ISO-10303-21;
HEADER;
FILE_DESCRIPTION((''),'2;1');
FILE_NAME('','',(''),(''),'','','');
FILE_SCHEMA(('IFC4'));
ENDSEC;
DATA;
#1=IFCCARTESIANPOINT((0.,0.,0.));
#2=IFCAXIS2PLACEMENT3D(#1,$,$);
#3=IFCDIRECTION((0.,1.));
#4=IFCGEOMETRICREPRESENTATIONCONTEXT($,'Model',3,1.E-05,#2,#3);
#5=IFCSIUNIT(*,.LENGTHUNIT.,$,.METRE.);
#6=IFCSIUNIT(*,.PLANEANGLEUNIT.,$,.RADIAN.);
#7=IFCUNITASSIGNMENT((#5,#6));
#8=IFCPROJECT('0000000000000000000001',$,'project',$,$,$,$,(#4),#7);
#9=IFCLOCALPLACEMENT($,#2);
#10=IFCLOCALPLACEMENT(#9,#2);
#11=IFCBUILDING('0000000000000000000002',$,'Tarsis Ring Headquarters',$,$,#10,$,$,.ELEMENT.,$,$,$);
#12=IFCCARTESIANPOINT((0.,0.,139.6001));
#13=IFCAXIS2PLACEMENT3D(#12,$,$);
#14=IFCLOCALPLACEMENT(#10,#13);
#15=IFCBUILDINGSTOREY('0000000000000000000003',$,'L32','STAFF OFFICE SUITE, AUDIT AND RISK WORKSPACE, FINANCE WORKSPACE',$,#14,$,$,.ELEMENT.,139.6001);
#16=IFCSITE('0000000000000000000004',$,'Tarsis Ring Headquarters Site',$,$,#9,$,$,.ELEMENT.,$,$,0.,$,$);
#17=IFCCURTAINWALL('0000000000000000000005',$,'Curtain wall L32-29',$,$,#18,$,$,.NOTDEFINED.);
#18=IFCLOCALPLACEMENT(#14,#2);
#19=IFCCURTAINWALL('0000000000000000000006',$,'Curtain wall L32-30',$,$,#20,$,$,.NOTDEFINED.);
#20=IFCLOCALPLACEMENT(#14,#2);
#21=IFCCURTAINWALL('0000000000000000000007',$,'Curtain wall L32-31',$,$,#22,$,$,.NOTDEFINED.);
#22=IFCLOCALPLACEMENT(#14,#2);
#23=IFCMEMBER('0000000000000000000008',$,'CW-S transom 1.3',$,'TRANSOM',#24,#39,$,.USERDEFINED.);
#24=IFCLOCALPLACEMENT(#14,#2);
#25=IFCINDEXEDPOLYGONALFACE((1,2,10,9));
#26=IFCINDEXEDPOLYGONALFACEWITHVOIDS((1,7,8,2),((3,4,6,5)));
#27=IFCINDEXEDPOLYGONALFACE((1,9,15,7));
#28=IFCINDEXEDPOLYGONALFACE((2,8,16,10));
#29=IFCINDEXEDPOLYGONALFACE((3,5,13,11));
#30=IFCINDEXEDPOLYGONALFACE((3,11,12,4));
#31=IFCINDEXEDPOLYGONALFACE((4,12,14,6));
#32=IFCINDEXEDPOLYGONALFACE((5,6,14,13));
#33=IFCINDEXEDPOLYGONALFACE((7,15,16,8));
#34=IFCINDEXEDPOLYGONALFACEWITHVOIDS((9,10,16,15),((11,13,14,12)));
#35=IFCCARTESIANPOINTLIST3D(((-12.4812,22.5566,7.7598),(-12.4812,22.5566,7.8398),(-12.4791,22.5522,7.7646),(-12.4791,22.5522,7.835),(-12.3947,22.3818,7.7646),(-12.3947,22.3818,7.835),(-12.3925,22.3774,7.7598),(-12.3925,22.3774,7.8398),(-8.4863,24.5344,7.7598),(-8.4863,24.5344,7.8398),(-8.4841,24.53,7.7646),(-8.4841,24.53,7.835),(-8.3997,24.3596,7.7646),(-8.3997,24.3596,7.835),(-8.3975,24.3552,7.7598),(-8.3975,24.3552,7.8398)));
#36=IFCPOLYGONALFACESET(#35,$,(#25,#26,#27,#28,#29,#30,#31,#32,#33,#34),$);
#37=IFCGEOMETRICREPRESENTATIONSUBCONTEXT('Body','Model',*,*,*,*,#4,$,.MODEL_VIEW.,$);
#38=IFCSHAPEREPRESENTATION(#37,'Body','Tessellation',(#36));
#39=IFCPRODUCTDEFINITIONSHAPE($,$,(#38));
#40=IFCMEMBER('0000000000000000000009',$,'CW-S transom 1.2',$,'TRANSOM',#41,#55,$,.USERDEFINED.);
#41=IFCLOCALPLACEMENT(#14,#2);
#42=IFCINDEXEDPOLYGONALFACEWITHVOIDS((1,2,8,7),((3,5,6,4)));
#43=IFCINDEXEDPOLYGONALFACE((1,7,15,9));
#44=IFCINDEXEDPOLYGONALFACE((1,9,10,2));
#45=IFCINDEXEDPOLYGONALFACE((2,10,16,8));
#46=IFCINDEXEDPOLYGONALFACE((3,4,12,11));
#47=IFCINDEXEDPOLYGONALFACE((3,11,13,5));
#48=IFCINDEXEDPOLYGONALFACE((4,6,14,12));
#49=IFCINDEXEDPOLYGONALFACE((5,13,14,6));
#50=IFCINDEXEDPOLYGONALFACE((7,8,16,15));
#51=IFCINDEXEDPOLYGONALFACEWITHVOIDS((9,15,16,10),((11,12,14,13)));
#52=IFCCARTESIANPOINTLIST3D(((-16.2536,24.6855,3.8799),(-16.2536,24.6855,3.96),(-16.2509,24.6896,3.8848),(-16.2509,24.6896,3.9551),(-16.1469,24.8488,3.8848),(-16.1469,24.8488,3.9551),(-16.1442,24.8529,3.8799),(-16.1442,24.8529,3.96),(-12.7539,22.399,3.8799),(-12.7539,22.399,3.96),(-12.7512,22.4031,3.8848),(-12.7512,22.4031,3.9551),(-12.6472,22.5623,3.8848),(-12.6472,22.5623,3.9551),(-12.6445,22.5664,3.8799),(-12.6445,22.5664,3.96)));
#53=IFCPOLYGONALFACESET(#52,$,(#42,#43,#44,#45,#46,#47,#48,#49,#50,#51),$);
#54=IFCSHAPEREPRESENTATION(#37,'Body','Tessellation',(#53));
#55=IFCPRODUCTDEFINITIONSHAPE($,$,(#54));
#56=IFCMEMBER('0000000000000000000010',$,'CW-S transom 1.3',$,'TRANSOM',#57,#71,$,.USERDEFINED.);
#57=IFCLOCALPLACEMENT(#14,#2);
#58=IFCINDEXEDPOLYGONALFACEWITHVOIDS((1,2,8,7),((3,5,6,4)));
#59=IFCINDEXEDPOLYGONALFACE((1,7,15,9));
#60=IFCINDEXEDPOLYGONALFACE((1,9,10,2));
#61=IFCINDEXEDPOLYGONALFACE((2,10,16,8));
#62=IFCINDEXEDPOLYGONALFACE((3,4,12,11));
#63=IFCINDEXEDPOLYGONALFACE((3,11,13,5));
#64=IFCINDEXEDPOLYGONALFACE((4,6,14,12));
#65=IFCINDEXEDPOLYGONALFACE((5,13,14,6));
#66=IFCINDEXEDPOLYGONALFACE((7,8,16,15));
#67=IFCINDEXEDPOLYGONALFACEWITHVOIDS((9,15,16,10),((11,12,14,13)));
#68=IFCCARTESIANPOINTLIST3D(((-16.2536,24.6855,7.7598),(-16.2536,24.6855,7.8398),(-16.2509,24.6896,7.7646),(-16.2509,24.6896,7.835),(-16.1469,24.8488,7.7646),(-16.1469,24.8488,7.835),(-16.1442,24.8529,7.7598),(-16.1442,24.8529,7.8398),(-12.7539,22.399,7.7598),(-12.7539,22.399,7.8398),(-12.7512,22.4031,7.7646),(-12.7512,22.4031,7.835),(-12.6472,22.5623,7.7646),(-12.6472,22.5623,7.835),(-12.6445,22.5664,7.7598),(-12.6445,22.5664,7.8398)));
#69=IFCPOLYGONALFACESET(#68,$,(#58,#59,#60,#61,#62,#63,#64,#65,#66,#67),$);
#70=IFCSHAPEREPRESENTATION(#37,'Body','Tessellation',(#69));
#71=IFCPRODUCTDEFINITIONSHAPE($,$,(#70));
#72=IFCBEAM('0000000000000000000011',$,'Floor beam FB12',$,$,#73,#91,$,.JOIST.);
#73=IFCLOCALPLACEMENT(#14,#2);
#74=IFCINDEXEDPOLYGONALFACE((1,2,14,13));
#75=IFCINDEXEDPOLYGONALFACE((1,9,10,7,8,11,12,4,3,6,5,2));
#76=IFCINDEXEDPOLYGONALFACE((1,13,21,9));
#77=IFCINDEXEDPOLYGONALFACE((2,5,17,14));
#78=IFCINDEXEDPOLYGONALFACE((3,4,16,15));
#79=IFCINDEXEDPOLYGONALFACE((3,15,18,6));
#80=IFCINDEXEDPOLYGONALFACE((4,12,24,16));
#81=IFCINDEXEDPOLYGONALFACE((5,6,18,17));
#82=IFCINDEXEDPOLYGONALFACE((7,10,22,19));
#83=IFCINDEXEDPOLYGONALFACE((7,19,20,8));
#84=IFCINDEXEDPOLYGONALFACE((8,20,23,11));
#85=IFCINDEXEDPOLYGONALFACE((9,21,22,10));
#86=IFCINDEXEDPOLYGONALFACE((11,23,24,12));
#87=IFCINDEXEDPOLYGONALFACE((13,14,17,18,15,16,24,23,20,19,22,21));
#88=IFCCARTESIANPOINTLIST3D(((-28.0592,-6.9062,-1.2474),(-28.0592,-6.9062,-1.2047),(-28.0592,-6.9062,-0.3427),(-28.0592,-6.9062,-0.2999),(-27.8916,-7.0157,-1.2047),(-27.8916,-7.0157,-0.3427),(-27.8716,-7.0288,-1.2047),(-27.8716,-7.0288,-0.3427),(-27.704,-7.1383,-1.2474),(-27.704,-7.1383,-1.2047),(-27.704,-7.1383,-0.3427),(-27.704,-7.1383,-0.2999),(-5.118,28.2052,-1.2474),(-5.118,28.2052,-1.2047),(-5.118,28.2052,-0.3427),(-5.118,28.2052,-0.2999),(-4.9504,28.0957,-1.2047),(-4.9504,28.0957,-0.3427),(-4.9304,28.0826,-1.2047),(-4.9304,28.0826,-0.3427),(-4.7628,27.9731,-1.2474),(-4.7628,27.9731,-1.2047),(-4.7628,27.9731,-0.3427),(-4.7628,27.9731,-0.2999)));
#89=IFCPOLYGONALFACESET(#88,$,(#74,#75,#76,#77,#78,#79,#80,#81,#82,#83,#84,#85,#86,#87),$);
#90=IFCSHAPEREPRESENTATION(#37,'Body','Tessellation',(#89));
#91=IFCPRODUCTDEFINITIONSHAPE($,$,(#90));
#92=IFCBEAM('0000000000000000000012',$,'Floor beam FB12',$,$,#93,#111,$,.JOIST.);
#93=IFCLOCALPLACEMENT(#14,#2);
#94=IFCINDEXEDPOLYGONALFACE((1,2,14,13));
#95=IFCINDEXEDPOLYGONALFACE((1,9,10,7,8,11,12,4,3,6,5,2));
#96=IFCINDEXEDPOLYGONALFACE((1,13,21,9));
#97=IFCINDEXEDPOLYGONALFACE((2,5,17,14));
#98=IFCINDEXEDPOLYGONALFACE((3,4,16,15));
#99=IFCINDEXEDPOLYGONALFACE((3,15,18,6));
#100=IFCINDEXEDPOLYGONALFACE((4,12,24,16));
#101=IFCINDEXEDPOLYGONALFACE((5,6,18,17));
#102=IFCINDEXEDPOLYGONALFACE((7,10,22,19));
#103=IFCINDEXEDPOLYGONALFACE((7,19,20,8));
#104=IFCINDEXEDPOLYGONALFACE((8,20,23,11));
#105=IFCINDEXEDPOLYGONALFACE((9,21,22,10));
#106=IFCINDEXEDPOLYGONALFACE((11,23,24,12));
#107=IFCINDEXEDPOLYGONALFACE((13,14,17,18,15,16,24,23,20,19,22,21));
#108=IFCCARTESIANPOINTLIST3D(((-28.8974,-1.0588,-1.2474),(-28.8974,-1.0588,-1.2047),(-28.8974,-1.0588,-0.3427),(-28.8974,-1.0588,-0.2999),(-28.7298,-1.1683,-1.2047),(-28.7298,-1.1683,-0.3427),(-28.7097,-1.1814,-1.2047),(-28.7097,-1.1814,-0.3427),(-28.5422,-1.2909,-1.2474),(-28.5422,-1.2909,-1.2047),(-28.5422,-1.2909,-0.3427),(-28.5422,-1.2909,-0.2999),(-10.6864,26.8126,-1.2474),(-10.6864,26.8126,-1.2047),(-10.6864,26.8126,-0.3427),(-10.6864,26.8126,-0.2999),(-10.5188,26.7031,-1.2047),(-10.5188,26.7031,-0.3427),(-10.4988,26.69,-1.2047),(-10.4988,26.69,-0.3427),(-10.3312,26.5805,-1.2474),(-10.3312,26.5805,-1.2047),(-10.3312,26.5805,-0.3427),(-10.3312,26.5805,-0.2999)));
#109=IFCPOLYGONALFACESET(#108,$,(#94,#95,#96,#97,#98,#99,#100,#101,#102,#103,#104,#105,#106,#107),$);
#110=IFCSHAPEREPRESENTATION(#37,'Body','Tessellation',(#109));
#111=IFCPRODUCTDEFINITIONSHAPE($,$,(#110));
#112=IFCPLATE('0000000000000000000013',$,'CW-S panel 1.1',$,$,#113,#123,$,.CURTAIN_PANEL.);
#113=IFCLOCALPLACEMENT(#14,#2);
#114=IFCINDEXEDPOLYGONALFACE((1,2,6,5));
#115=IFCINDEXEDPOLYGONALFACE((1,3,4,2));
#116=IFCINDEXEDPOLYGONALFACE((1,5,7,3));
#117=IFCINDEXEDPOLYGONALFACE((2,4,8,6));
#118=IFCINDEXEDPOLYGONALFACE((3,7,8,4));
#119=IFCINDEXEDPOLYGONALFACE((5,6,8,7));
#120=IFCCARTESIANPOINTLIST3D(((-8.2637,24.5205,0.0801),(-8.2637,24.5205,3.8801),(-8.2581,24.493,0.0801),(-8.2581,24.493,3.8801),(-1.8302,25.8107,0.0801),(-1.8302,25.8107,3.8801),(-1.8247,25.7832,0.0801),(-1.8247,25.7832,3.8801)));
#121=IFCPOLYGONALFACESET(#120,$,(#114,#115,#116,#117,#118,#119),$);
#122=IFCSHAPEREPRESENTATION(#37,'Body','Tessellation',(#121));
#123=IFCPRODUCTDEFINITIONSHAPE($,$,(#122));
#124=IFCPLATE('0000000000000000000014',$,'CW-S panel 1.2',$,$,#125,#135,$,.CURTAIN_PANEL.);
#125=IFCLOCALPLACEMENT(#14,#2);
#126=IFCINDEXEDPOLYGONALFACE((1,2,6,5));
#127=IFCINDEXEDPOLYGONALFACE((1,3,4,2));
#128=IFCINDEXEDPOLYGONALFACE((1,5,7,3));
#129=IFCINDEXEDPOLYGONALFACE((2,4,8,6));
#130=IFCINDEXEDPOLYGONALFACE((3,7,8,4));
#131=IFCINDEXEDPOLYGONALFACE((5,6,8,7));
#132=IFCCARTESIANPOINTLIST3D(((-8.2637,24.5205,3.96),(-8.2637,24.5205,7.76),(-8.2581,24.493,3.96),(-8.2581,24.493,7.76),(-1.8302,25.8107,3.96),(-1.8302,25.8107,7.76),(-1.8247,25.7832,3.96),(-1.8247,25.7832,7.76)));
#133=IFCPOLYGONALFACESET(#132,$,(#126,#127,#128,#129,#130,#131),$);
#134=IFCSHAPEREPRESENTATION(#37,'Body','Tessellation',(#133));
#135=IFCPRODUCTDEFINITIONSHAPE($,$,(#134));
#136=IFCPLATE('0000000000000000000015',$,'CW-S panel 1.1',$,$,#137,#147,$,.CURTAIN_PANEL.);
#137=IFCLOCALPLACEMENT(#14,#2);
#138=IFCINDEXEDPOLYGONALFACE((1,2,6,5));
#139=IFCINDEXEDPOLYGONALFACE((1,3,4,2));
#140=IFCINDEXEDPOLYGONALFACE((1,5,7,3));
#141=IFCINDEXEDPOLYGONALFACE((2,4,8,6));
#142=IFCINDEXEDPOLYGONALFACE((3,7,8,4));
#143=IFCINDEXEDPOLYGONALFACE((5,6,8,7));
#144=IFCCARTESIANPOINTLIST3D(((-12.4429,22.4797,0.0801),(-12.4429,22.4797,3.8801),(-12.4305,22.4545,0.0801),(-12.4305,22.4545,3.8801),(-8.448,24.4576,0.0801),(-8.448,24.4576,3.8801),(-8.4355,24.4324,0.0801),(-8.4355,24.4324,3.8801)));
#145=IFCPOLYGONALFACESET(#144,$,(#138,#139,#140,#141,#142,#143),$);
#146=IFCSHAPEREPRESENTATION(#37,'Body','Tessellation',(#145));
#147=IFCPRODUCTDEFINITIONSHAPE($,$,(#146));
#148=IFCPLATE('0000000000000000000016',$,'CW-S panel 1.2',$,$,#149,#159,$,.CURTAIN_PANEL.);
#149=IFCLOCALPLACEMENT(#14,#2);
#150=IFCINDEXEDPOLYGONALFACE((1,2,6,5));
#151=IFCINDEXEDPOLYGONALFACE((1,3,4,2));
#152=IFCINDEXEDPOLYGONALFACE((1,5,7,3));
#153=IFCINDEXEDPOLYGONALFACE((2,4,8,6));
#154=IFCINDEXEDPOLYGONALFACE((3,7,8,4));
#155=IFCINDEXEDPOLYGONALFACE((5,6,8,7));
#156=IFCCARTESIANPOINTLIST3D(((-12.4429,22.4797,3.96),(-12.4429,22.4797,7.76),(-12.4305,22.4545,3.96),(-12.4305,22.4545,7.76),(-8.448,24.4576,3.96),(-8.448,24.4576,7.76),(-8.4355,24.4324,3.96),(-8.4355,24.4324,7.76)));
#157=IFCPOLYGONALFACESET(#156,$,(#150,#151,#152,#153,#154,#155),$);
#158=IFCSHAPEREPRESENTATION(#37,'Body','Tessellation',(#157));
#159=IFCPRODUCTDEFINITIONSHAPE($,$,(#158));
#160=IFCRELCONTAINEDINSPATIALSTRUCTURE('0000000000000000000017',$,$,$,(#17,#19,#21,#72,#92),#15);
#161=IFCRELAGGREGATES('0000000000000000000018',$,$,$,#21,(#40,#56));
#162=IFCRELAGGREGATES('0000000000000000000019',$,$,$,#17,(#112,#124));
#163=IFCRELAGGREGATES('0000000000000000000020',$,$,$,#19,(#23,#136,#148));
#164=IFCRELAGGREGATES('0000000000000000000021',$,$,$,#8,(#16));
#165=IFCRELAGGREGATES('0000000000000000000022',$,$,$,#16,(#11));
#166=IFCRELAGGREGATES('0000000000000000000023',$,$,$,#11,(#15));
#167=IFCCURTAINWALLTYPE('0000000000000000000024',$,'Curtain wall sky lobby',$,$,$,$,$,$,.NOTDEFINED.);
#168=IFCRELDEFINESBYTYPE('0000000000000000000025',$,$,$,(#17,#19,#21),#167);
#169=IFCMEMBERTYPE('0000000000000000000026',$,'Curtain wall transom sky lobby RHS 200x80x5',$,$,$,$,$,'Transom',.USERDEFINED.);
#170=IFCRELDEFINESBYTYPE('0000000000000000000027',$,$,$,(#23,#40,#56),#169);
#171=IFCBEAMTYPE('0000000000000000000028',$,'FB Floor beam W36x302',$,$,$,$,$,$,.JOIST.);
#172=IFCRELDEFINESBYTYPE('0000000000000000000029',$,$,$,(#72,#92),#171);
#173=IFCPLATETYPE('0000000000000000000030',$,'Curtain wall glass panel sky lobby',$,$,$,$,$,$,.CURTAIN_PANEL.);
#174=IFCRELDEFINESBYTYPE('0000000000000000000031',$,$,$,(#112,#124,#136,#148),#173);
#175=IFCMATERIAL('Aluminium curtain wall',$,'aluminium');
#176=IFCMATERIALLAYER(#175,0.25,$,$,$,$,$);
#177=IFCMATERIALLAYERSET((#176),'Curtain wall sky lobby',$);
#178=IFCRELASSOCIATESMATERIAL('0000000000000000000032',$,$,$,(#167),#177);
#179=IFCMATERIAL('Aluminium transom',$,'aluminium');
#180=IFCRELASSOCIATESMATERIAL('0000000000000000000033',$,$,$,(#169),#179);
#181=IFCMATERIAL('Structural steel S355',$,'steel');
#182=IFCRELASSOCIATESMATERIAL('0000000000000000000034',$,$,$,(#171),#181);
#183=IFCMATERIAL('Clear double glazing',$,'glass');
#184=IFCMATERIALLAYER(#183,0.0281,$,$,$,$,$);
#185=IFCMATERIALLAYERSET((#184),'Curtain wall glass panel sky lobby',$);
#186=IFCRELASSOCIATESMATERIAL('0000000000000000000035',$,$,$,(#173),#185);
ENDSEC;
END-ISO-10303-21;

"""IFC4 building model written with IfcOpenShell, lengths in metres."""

from ifc_helpers import new_model, si_unit, direction, frame, origin, origin_2d, place, context, subcontext, project, spatial, rectangle, hollow_rectangle, i_section, extrude, material, layer, layer_set, material_profile, profile_set, type_object, element, aggregate, save


model = new_model("IFC4")

# Units and contexts
model_context = context("Model", 3, precision=1e-05, world=origin(), true_north=direction((0.0, 1.0)))
body_context = subcontext(model_context, "Body", "Model", "MODEL_VIEW")
ifc_project = project(units=[si_unit("LENGTHUNIT", "METRE"), si_unit("PLANEANGLEUNIT", "RADIAN")], contexts=[model_context])

# Site, building, storey
site_placement = place(None, origin())
site = spatial("IfcSite", under=ifc_project, at=site_placement, Name="Tarsis Ring Headquarters Site", CompositionType="ELEMENT", RefElevation=0.0)
building_placement = place(site_placement, origin())
building = spatial("IfcBuilding", under=site, at=building_placement, Name="Tarsis Ring Headquarters", CompositionType="ELEMENT")
storey_placement = place(building_placement, frame((0.0, 0.0, 139.6001)))
storey = spatial("IfcBuildingStorey", under=building, at=storey_placement, Name="L32", Description="STAFF OFFICE SUITE, AUDIT AND RISK WORKSPACE, FINANCE WORKSPACE", CompositionType="ELEMENT", Elevation=139.6001)

# Shared definitions
ifc_material_1 = material(Name="Aluminium curtain wall", Category="aluminium")
ifc_layer_1 = layer(ifc_material_1, 0.25)
ifc_layer_set_1 = layer_set([ifc_layer_1], Name="Curtain wall sky lobby")
curtain_wall_type = type_object("IfcCurtainWallType", Name="Curtain wall sky lobby", PredefinedType="NOTDEFINED", material=ifc_layer_set_1)

# Curtain walls
curtain_wall_1_placement = place(storey_placement, origin())
curtain_wall_1 = element("IfcCurtainWall", 1, at=curtain_wall_1_placement, inside=storey, type_object=curtain_wall_type, Name="Curtain wall L32-29", PredefinedType="NOTDEFINED")
curtain_wall_2_placement = place(storey_placement, origin())
curtain_wall_2 = element("IfcCurtainWall", 2, at=curtain_wall_2_placement, inside=storey, type_object=curtain_wall_type, Name="Curtain wall L32-30", PredefinedType="NOTDEFINED")

# Curtain wall
curtain_wall_3_placement = place(storey_placement, origin())
curtain_wall_3 = element("IfcCurtainWall", 3, at=curtain_wall_3_placement, inside=storey, type_object=curtain_wall_type, Name="Curtain wall L32-31", PredefinedType="NOTDEFINED")

# Members
ifc_material_2 = material(Name="Aluminium transom", Category="aluminium")
ifc_material_profile_1 = material_profile(ifc_material_2, hollow_rectangle(XDim=0.2, YDim=0.0801, WallThickness=0.0049, at=origin_2d()), Name="RHS 200x80x5")
ifc_profile_set_1 = profile_set([ifc_material_profile_1], Name="Aluminium transom")
member_type_1 = type_object("IfcMemberType", Name="Curtain wall transom sky lobby RHS 200x80x5", ElementType="Transom", PredefinedType="USERDEFINED", material=ifc_profile_set_1)
member_1_placement = place(storey_placement, frame((-8.4419, 24.4448, 7.7998), z_axis=(-0.896184, -0.443683, 0.0), x_axis=(0.443683, -0.896184, 0.0)))
member_1 = element("IfcMember", 4, at=member_1_placement, type_object=member_type_1, Name="CW-S transom 1.3", ObjectType="TRANSOM", PredefinedType="USERDEFINED", context=body_context, shape_type="SweptSolid", body=[
    extrude(hollow_rectangle(XDim=0.2, YDim=0.0801, WallThickness=0.0049, at=origin_2d()), origin(), (0.0, 0.0, 1.0), 4.4578),
])
member_2_placement = place(storey_placement, frame((-12.6992, 22.4827, 3.9199), z_axis=(-0.837154, 0.546968, 0.0), x_axis=(-0.546968, -0.837154, 0.0)))
member_2 = element("IfcMember", 5, at=member_2_placement, type_object=member_type_1, Name="CW-S transom 1.2", ObjectType="TRANSOM", PredefinedType="USERDEFINED", context=body_context, shape_type="SweptSolid", body=[
    extrude(hollow_rectangle(XDim=0.2, YDim=0.0801, WallThickness=0.0049, at=origin_2d()), origin(), (0.0, 0.0, 1.0), 4.1804),
])
member_3_placement = place(storey_placement, frame((-12.6992, 22.4827, 7.7998), z_axis=(-0.837154, 0.546968, 0.0), x_axis=(-0.546968, -0.837154, 0.0)))
member_3 = element("IfcMember", 6, at=member_3_placement, type_object=member_type_1, Name="CW-S transom 1.3", ObjectType="TRANSOM", PredefinedType="USERDEFINED", context=body_context, shape_type="SweptSolid", body=[
    extrude(hollow_rectangle(XDim=0.2, YDim=0.0801, WallThickness=0.0049, at=origin_2d()), origin(), (0.0, 0.0, 1.0), 4.1804),
])
aggregate(curtain_wall_3, [member_2, member_3])

# Beams
ifc_material_3 = material(Name="Structural steel S355", Category="steel")
ifc_material_profile_2 = material_profile(ifc_material_3, i_section(OverallWidth=0.4243, OverallDepth=0.9475, WebThickness=0.0239, FlangeThickness=0.0427, at=origin_2d()), Name="W36x302")
ifc_profile_set_2 = profile_set([ifc_material_profile_2], Name="Structural steel S355")
beam_type = type_object("IfcBeamType", Name="FB Floor beam W36x302", PredefinedType="JOIST", material=ifc_profile_set_2)
beam_1_placement = place(storey_placement, frame((-4.9404, 28.0891, -0.7737), z_axis=(-0.546978, -0.837147, 0.0), x_axis=(0.837147, -0.546978, 0.0)))
element("IfcBeam", 7, at=beam_1_placement, inside=storey, type_object=beam_type, Name="Floor beam FB12", PredefinedType="JOIST", context=body_context, shape_type="SweptSolid", body=[
    extrude(i_section(OverallWidth=0.4243, OverallDepth=0.9475, WebThickness=0.0239, FlangeThickness=0.0427, at=origin_2d()), origin(), (0.0, 0.0, 1.0), 41.9417),
])
beam_2_placement = place(storey_placement, frame((-10.5088, 26.6965, -0.7737), z_axis=(-0.546984, -0.837143, 0.0), x_axis=(0.837143, -0.546984, 0.0)))
element("IfcBeam", 8, at=beam_2_placement, inside=storey, type_object=beam_type, Name="Floor beam FB12", PredefinedType="JOIST", context=body_context, shape_type="SweptSolid", body=[
    extrude(i_section(OverallWidth=0.4243, OverallDepth=0.9475, WebThickness=0.0239, FlangeThickness=0.0427, at=origin_2d()), origin(), (0.0, 0.0, 1.0), 33.2935),
])

# Plates
ifc_material_4 = material(Name="Clear double glazing", Category="glass")
ifc_layer_2 = layer(ifc_material_4, 0.0281)
ifc_layer_set_2 = layer_set([ifc_layer_2], Name="Curtain wall glass panel sky lobby")
plate_type = type_object("IfcPlateType", Name="Curtain wall glass panel sky lobby", PredefinedType="CURTAIN_PANEL", material=ifc_layer_set_2)
plate_1_placement = place(storey_placement, frame((-5.0442, 25.1519, 0.0801), z_axis=(0.0, 0.0, 1.0), x_axis=(-0.980478, -0.196631, 0.0)))
plate_1 = element("IfcPlate", 9, at=plate_1_placement, type_object=plate_type, Name="CW-S panel 1.1", PredefinedType="CURTAIN_PANEL", context=body_context, shape_type="SweptSolid", body=[
    extrude(rectangle(XDim=6.5615, YDim=0.0281, at=origin_2d()), origin(), (0.0, 0.0, 1.0), 3.8),
])
plate_2_placement = place(storey_placement, frame((-5.0442, 25.1519, 3.96), z_axis=(0.0, 0.0, 1.0), x_axis=(-0.980478, -0.196631, 0.0)))
plate_2 = element("IfcPlate", 10, at=plate_2_placement, type_object=plate_type, Name="CW-S panel 1.2", PredefinedType="CURTAIN_PANEL", context=body_context, shape_type="SweptSolid", body=[
    extrude(rectangle(XDim=6.5615, YDim=0.0281, at=origin_2d()), origin(), (0.0, 0.0, 1.0), 3.8),
])
aggregate(curtain_wall_1, [plate_1, plate_2])
plate_3_placement = place(storey_placement, frame((-10.4392, 23.4561, 0.0801), z_axis=(0.0, 0.0, 1.0), x_axis=(-0.896177, -0.443697, 0.0)))
plate_3 = element("IfcPlate", 11, at=plate_3_placement, type_object=plate_type, Name="CW-S panel 1.1", PredefinedType="CURTAIN_PANEL", context=body_context, shape_type="SweptSolid", body=[
    extrude(rectangle(XDim=4.4578, YDim=0.0281, at=origin_2d()), origin(), (0.0, 0.0, 1.0), 3.8),
])
plate_4_placement = place(storey_placement, frame((-10.4392, 23.4561, 3.96), z_axis=(0.0, 0.0, 1.0), x_axis=(-0.896177, -0.443697, 0.0)))
plate_4 = element("IfcPlate", 12, at=plate_4_placement, type_object=plate_type, Name="CW-S panel 1.2", PredefinedType="CURTAIN_PANEL", context=body_context, shape_type="SweptSolid", body=[
    extrude(rectangle(XDim=4.4578, YDim=0.0281, at=origin_2d()), origin(), (0.0, 0.0, 1.0), 3.8),
])
aggregate(curtain_wall_2, [member_1, plate_3, plate_4])

save(model, "model.ifc")
